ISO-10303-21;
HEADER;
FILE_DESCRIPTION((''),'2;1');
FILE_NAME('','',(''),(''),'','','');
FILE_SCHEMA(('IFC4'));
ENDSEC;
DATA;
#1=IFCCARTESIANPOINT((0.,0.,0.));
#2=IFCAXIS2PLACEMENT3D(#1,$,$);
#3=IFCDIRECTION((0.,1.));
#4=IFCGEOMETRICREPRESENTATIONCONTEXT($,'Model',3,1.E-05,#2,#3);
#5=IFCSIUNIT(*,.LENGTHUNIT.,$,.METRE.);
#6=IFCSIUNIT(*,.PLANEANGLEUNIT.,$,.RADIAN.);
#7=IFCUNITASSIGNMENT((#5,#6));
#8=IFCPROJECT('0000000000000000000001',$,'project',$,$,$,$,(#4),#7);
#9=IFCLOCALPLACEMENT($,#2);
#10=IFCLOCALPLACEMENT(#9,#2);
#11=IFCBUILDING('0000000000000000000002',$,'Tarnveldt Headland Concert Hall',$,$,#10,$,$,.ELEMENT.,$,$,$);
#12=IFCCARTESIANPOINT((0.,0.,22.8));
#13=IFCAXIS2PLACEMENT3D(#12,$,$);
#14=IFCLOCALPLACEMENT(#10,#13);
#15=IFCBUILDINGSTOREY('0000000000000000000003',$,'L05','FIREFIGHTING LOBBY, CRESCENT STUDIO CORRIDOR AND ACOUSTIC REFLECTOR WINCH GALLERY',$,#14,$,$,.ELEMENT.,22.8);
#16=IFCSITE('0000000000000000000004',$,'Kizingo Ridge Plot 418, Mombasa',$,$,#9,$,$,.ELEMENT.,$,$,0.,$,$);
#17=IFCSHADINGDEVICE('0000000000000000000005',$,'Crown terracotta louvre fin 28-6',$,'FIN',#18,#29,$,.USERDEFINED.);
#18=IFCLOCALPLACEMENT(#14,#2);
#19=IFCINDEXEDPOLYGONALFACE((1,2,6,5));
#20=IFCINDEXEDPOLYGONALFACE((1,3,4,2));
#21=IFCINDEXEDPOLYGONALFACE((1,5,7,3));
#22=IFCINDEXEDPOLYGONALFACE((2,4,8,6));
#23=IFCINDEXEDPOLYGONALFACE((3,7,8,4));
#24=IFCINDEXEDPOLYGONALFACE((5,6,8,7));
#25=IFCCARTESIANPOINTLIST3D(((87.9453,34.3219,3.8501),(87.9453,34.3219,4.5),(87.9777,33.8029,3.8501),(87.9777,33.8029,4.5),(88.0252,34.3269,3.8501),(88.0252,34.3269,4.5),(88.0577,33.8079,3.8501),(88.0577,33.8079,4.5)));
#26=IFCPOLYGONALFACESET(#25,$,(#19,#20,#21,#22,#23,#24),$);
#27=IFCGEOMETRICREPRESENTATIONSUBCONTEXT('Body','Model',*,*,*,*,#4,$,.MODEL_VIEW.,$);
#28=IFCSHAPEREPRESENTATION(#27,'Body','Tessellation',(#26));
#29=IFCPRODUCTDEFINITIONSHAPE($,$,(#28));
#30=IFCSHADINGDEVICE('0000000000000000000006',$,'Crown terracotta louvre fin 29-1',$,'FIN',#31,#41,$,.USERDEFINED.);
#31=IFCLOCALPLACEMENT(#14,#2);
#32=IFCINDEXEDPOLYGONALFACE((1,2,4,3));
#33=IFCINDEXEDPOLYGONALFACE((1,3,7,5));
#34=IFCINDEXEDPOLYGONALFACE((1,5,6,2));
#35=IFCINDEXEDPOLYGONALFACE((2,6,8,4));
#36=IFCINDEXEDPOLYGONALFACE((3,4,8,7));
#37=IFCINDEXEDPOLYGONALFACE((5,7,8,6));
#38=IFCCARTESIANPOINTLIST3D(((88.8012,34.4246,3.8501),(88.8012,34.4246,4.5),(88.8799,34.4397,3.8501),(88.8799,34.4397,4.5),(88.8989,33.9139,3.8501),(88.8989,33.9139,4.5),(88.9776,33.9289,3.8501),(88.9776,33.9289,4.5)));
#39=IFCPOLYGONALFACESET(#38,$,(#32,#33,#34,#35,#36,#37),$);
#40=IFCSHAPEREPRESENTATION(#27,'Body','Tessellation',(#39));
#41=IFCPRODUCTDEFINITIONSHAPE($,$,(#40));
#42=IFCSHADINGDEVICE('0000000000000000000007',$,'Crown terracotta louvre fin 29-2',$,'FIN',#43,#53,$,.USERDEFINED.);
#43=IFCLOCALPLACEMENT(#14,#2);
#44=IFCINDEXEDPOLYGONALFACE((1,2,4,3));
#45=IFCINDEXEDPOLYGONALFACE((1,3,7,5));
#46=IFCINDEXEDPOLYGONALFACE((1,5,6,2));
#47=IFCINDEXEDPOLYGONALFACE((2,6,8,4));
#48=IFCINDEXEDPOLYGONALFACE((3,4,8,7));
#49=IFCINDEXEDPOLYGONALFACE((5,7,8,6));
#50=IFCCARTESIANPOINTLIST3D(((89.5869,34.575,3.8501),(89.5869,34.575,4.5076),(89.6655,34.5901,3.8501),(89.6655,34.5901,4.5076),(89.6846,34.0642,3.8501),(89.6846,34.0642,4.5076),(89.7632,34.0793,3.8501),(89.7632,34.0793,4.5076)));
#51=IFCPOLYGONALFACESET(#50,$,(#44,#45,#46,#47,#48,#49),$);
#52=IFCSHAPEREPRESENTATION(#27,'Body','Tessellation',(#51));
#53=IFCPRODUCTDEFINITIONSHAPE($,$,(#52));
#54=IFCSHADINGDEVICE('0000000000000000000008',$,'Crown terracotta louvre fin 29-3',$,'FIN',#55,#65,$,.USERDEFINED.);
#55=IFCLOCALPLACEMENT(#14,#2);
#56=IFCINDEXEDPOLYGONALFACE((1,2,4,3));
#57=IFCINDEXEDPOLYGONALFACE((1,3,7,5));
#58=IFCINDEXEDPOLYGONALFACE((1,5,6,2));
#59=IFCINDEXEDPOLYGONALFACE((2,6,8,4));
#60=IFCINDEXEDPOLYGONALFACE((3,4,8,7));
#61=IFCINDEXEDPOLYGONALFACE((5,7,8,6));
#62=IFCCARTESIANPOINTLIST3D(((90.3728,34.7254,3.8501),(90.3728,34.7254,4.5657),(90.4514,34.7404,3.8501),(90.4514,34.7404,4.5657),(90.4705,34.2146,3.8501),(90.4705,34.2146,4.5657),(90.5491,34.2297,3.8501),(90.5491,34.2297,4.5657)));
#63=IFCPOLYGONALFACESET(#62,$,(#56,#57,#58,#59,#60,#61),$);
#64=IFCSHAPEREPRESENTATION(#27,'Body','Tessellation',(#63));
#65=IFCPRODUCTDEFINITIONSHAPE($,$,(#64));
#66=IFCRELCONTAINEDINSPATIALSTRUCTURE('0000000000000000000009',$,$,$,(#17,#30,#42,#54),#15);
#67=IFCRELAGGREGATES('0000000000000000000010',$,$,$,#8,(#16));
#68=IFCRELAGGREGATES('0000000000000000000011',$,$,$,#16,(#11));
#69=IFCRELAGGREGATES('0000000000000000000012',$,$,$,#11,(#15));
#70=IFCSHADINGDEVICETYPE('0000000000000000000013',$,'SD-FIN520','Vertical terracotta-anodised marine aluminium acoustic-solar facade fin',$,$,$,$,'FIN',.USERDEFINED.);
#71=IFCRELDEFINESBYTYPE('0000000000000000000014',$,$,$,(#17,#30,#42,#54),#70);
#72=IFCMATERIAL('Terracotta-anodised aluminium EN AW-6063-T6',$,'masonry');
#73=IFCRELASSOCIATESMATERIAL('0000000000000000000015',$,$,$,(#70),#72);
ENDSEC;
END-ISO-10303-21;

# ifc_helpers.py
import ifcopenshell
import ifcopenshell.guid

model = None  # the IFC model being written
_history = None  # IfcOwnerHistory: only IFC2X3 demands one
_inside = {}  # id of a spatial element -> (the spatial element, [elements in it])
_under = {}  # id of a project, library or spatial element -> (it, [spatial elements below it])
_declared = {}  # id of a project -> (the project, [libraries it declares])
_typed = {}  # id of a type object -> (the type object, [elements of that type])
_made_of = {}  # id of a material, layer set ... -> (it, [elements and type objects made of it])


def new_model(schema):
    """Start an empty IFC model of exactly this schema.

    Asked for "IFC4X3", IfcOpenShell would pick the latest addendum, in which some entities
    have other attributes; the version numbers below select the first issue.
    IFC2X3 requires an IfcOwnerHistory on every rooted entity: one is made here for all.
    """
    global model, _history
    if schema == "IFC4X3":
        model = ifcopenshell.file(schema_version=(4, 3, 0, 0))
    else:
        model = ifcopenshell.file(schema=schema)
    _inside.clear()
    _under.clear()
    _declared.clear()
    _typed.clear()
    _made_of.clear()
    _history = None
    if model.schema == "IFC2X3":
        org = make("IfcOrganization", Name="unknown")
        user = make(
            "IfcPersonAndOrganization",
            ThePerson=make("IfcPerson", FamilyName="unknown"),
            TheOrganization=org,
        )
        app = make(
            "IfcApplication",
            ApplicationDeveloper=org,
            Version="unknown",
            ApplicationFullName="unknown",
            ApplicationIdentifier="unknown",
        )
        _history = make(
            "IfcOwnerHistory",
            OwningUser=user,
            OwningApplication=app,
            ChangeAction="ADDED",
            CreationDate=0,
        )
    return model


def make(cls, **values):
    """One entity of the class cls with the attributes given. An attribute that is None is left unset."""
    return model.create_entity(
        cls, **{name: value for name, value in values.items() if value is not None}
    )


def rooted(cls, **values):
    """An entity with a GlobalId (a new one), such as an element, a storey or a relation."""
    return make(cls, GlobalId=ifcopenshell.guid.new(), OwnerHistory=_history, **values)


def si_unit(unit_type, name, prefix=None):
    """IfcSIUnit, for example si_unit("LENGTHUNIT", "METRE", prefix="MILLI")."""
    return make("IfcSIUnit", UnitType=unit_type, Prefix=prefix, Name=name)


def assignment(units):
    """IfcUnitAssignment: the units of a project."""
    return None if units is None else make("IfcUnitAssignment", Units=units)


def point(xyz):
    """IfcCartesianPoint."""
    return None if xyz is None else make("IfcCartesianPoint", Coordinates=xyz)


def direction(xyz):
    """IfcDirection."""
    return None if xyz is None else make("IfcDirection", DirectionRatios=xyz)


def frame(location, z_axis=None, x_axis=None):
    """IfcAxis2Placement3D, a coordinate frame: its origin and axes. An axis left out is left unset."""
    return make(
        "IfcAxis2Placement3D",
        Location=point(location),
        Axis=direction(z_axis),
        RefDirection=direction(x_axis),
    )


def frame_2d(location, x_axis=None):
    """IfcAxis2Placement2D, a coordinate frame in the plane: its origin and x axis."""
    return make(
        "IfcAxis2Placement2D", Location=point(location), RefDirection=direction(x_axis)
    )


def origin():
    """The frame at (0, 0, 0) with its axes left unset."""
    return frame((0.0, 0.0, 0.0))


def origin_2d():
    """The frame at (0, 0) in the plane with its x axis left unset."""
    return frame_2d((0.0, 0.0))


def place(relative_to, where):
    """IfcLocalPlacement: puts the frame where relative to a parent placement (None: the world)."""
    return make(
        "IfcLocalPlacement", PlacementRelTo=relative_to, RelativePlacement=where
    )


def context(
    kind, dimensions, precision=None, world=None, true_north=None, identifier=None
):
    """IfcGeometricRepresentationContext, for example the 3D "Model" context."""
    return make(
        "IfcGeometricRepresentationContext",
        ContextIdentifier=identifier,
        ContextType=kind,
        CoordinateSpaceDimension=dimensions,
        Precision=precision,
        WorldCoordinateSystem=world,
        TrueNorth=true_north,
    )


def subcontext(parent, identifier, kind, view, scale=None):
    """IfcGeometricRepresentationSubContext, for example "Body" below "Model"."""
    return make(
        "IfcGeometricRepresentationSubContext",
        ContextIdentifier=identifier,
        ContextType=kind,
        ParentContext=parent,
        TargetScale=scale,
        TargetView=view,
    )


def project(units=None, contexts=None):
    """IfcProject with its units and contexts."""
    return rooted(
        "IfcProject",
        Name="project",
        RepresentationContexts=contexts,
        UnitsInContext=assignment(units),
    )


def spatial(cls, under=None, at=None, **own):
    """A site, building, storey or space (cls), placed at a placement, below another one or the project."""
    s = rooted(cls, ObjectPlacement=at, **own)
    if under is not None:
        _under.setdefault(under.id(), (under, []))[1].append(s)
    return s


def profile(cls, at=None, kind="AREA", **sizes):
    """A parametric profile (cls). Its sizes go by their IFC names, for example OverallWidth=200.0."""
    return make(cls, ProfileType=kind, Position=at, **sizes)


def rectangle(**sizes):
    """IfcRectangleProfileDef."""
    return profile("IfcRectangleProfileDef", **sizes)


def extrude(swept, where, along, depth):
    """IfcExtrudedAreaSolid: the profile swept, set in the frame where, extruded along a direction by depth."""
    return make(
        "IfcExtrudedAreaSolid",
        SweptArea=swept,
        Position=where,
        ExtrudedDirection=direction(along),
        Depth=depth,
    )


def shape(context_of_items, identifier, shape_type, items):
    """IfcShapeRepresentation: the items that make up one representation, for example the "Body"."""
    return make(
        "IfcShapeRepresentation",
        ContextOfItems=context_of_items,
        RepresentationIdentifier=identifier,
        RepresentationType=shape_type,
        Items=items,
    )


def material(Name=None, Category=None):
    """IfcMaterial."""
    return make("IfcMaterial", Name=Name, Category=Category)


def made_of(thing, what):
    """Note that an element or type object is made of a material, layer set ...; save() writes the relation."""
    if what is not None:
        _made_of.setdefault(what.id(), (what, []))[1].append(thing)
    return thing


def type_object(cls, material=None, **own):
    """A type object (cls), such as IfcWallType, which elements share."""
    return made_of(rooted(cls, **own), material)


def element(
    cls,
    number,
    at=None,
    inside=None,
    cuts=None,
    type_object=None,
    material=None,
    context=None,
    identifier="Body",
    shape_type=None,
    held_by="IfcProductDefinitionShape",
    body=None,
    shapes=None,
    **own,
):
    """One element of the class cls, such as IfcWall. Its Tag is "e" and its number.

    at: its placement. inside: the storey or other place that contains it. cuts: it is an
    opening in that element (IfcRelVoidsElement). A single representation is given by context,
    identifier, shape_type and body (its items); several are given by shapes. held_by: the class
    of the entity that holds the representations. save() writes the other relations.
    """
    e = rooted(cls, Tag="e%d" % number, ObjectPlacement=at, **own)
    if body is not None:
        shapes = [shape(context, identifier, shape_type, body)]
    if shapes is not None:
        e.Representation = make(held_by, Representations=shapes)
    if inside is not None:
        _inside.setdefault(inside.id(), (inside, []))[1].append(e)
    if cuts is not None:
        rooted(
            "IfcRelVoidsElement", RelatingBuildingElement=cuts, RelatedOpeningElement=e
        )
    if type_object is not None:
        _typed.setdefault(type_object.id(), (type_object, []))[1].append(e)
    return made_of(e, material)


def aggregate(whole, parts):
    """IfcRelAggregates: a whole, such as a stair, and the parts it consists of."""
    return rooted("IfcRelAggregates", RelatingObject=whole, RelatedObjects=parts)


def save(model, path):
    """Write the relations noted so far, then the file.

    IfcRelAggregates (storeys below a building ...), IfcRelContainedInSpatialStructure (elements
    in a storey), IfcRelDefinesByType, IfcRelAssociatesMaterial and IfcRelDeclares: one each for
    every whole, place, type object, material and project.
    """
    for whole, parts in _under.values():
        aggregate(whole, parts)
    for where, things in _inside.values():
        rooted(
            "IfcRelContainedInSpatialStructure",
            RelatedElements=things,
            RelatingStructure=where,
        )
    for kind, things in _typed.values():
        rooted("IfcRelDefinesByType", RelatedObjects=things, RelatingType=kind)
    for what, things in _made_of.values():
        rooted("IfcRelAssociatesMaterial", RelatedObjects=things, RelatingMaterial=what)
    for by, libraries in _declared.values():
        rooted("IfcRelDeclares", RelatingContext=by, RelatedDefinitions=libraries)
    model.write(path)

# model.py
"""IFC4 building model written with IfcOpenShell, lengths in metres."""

from ifc_helpers import new_model, si_unit, direction, frame, origin, origin_2d, place, context, subcontext, project, spatial, rectangle, extrude, material, type_object, element, save


model = new_model("IFC4")

# Units and contexts
model_context = context("Model", 3, precision=1e-05, world=origin(), true_north=direction((0.0, 1.0)))
body_context = subcontext(model_context, "Body", "Model", "MODEL_VIEW")
ifc_project = project(units=[si_unit("LENGTHUNIT", "METRE"), si_unit("PLANEANGLEUNIT", "RADIAN")], contexts=[model_context])

# Site, building, storey
site_placement = place(None, origin())
site = spatial("IfcSite", under=ifc_project, at=site_placement, Name="Kizingo Ridge Plot 418, Mombasa", CompositionType="ELEMENT", RefElevation=0.0)
building_placement = place(site_placement, origin())
building = spatial("IfcBuilding", under=site, at=building_placement, Name="Tarnveldt Headland Concert Hall", CompositionType="ELEMENT")
storey_placement = place(building_placement, frame((0.0, 0.0, 22.8)))
storey = spatial("IfcBuildingStorey", under=building, at=storey_placement, Name="L05", Description="FIREFIGHTING LOBBY, CRESCENT STUDIO CORRIDOR AND ACOUSTIC REFLECTOR WINCH GALLERY", CompositionType="ELEMENT", Elevation=22.8)

# Shading devices
ifc_material_1 = material(Name="Terracotta-anodised aluminium EN AW-6063-T6", Category="masonry")
shading_device_type = type_object("IfcShadingDeviceType", Name="SD-FIN520", Description="Vertical terracotta-anodised marine aluminium acoustic-solar facade fin", ElementType="FIN", PredefinedType="USERDEFINED", material=ifc_material_1)
for number, where, z_axis, x_axis, name in (
    (1, (88.0015, 34.0649, 3.8501), (0.0, 0.0, 1.0), (0.062442, -0.998049, 0.0), "Crown terracotta louvre fin 28-6"),
    (2, (88.8894, 34.1768, 3.8501), (0.0, 0.0, 1.0), (0.187896, -0.982189, 0.0), "Crown terracotta louvre fin 29-1"),
):
    element("IfcShadingDevice", number, at=place(storey_placement, frame(where, z_axis=z_axis, x_axis=x_axis)), inside=storey, type_object=shading_device_type, Name=name, ObjectType="FIN", PredefinedType="USERDEFINED", context=body_context, shape_type="SweptSolid", body=[
        extrude(rectangle(XDim=0.52, YDim=0.0801, at=origin_2d()), origin(), (0.0, 0.0, 1.0), 0.6499),
    ])
shading_device_1_placement = place(storey_placement, frame((89.675, 34.3271, 3.8501), z_axis=(0.0, 0.0, 1.0), x_axis=(0.187896, -0.982189, 0.0)))
element("IfcShadingDevice", 3, at=shading_device_1_placement, inside=storey, type_object=shading_device_type, Name="Crown terracotta louvre fin 29-2", ObjectType="FIN", PredefinedType="USERDEFINED", context=body_context, shape_type="SweptSolid", body=[
    extrude(rectangle(XDim=0.52, YDim=0.0801, at=origin_2d()), origin(), (0.0, 0.0, 1.0), 0.6575),
])
shading_device_2_placement = place(storey_placement, frame((90.4609, 34.4775, 3.8501), z_axis=(0.0, 0.0, 1.0), x_axis=(0.187896, -0.982189, 0.0)))
element("IfcShadingDevice", 4, at=shading_device_2_placement, inside=storey, type_object=shading_device_type, Name="Crown terracotta louvre fin 29-3", ObjectType="FIN", PredefinedType="USERDEFINED", context=body_context, shape_type="SweptSolid", body=[
    extrude(rectangle(XDim=0.52, YDim=0.0801, at=origin_2d()), origin(), (0.0, 0.0, 1.0), 0.7156),
])

save(model, "model.ifc")
